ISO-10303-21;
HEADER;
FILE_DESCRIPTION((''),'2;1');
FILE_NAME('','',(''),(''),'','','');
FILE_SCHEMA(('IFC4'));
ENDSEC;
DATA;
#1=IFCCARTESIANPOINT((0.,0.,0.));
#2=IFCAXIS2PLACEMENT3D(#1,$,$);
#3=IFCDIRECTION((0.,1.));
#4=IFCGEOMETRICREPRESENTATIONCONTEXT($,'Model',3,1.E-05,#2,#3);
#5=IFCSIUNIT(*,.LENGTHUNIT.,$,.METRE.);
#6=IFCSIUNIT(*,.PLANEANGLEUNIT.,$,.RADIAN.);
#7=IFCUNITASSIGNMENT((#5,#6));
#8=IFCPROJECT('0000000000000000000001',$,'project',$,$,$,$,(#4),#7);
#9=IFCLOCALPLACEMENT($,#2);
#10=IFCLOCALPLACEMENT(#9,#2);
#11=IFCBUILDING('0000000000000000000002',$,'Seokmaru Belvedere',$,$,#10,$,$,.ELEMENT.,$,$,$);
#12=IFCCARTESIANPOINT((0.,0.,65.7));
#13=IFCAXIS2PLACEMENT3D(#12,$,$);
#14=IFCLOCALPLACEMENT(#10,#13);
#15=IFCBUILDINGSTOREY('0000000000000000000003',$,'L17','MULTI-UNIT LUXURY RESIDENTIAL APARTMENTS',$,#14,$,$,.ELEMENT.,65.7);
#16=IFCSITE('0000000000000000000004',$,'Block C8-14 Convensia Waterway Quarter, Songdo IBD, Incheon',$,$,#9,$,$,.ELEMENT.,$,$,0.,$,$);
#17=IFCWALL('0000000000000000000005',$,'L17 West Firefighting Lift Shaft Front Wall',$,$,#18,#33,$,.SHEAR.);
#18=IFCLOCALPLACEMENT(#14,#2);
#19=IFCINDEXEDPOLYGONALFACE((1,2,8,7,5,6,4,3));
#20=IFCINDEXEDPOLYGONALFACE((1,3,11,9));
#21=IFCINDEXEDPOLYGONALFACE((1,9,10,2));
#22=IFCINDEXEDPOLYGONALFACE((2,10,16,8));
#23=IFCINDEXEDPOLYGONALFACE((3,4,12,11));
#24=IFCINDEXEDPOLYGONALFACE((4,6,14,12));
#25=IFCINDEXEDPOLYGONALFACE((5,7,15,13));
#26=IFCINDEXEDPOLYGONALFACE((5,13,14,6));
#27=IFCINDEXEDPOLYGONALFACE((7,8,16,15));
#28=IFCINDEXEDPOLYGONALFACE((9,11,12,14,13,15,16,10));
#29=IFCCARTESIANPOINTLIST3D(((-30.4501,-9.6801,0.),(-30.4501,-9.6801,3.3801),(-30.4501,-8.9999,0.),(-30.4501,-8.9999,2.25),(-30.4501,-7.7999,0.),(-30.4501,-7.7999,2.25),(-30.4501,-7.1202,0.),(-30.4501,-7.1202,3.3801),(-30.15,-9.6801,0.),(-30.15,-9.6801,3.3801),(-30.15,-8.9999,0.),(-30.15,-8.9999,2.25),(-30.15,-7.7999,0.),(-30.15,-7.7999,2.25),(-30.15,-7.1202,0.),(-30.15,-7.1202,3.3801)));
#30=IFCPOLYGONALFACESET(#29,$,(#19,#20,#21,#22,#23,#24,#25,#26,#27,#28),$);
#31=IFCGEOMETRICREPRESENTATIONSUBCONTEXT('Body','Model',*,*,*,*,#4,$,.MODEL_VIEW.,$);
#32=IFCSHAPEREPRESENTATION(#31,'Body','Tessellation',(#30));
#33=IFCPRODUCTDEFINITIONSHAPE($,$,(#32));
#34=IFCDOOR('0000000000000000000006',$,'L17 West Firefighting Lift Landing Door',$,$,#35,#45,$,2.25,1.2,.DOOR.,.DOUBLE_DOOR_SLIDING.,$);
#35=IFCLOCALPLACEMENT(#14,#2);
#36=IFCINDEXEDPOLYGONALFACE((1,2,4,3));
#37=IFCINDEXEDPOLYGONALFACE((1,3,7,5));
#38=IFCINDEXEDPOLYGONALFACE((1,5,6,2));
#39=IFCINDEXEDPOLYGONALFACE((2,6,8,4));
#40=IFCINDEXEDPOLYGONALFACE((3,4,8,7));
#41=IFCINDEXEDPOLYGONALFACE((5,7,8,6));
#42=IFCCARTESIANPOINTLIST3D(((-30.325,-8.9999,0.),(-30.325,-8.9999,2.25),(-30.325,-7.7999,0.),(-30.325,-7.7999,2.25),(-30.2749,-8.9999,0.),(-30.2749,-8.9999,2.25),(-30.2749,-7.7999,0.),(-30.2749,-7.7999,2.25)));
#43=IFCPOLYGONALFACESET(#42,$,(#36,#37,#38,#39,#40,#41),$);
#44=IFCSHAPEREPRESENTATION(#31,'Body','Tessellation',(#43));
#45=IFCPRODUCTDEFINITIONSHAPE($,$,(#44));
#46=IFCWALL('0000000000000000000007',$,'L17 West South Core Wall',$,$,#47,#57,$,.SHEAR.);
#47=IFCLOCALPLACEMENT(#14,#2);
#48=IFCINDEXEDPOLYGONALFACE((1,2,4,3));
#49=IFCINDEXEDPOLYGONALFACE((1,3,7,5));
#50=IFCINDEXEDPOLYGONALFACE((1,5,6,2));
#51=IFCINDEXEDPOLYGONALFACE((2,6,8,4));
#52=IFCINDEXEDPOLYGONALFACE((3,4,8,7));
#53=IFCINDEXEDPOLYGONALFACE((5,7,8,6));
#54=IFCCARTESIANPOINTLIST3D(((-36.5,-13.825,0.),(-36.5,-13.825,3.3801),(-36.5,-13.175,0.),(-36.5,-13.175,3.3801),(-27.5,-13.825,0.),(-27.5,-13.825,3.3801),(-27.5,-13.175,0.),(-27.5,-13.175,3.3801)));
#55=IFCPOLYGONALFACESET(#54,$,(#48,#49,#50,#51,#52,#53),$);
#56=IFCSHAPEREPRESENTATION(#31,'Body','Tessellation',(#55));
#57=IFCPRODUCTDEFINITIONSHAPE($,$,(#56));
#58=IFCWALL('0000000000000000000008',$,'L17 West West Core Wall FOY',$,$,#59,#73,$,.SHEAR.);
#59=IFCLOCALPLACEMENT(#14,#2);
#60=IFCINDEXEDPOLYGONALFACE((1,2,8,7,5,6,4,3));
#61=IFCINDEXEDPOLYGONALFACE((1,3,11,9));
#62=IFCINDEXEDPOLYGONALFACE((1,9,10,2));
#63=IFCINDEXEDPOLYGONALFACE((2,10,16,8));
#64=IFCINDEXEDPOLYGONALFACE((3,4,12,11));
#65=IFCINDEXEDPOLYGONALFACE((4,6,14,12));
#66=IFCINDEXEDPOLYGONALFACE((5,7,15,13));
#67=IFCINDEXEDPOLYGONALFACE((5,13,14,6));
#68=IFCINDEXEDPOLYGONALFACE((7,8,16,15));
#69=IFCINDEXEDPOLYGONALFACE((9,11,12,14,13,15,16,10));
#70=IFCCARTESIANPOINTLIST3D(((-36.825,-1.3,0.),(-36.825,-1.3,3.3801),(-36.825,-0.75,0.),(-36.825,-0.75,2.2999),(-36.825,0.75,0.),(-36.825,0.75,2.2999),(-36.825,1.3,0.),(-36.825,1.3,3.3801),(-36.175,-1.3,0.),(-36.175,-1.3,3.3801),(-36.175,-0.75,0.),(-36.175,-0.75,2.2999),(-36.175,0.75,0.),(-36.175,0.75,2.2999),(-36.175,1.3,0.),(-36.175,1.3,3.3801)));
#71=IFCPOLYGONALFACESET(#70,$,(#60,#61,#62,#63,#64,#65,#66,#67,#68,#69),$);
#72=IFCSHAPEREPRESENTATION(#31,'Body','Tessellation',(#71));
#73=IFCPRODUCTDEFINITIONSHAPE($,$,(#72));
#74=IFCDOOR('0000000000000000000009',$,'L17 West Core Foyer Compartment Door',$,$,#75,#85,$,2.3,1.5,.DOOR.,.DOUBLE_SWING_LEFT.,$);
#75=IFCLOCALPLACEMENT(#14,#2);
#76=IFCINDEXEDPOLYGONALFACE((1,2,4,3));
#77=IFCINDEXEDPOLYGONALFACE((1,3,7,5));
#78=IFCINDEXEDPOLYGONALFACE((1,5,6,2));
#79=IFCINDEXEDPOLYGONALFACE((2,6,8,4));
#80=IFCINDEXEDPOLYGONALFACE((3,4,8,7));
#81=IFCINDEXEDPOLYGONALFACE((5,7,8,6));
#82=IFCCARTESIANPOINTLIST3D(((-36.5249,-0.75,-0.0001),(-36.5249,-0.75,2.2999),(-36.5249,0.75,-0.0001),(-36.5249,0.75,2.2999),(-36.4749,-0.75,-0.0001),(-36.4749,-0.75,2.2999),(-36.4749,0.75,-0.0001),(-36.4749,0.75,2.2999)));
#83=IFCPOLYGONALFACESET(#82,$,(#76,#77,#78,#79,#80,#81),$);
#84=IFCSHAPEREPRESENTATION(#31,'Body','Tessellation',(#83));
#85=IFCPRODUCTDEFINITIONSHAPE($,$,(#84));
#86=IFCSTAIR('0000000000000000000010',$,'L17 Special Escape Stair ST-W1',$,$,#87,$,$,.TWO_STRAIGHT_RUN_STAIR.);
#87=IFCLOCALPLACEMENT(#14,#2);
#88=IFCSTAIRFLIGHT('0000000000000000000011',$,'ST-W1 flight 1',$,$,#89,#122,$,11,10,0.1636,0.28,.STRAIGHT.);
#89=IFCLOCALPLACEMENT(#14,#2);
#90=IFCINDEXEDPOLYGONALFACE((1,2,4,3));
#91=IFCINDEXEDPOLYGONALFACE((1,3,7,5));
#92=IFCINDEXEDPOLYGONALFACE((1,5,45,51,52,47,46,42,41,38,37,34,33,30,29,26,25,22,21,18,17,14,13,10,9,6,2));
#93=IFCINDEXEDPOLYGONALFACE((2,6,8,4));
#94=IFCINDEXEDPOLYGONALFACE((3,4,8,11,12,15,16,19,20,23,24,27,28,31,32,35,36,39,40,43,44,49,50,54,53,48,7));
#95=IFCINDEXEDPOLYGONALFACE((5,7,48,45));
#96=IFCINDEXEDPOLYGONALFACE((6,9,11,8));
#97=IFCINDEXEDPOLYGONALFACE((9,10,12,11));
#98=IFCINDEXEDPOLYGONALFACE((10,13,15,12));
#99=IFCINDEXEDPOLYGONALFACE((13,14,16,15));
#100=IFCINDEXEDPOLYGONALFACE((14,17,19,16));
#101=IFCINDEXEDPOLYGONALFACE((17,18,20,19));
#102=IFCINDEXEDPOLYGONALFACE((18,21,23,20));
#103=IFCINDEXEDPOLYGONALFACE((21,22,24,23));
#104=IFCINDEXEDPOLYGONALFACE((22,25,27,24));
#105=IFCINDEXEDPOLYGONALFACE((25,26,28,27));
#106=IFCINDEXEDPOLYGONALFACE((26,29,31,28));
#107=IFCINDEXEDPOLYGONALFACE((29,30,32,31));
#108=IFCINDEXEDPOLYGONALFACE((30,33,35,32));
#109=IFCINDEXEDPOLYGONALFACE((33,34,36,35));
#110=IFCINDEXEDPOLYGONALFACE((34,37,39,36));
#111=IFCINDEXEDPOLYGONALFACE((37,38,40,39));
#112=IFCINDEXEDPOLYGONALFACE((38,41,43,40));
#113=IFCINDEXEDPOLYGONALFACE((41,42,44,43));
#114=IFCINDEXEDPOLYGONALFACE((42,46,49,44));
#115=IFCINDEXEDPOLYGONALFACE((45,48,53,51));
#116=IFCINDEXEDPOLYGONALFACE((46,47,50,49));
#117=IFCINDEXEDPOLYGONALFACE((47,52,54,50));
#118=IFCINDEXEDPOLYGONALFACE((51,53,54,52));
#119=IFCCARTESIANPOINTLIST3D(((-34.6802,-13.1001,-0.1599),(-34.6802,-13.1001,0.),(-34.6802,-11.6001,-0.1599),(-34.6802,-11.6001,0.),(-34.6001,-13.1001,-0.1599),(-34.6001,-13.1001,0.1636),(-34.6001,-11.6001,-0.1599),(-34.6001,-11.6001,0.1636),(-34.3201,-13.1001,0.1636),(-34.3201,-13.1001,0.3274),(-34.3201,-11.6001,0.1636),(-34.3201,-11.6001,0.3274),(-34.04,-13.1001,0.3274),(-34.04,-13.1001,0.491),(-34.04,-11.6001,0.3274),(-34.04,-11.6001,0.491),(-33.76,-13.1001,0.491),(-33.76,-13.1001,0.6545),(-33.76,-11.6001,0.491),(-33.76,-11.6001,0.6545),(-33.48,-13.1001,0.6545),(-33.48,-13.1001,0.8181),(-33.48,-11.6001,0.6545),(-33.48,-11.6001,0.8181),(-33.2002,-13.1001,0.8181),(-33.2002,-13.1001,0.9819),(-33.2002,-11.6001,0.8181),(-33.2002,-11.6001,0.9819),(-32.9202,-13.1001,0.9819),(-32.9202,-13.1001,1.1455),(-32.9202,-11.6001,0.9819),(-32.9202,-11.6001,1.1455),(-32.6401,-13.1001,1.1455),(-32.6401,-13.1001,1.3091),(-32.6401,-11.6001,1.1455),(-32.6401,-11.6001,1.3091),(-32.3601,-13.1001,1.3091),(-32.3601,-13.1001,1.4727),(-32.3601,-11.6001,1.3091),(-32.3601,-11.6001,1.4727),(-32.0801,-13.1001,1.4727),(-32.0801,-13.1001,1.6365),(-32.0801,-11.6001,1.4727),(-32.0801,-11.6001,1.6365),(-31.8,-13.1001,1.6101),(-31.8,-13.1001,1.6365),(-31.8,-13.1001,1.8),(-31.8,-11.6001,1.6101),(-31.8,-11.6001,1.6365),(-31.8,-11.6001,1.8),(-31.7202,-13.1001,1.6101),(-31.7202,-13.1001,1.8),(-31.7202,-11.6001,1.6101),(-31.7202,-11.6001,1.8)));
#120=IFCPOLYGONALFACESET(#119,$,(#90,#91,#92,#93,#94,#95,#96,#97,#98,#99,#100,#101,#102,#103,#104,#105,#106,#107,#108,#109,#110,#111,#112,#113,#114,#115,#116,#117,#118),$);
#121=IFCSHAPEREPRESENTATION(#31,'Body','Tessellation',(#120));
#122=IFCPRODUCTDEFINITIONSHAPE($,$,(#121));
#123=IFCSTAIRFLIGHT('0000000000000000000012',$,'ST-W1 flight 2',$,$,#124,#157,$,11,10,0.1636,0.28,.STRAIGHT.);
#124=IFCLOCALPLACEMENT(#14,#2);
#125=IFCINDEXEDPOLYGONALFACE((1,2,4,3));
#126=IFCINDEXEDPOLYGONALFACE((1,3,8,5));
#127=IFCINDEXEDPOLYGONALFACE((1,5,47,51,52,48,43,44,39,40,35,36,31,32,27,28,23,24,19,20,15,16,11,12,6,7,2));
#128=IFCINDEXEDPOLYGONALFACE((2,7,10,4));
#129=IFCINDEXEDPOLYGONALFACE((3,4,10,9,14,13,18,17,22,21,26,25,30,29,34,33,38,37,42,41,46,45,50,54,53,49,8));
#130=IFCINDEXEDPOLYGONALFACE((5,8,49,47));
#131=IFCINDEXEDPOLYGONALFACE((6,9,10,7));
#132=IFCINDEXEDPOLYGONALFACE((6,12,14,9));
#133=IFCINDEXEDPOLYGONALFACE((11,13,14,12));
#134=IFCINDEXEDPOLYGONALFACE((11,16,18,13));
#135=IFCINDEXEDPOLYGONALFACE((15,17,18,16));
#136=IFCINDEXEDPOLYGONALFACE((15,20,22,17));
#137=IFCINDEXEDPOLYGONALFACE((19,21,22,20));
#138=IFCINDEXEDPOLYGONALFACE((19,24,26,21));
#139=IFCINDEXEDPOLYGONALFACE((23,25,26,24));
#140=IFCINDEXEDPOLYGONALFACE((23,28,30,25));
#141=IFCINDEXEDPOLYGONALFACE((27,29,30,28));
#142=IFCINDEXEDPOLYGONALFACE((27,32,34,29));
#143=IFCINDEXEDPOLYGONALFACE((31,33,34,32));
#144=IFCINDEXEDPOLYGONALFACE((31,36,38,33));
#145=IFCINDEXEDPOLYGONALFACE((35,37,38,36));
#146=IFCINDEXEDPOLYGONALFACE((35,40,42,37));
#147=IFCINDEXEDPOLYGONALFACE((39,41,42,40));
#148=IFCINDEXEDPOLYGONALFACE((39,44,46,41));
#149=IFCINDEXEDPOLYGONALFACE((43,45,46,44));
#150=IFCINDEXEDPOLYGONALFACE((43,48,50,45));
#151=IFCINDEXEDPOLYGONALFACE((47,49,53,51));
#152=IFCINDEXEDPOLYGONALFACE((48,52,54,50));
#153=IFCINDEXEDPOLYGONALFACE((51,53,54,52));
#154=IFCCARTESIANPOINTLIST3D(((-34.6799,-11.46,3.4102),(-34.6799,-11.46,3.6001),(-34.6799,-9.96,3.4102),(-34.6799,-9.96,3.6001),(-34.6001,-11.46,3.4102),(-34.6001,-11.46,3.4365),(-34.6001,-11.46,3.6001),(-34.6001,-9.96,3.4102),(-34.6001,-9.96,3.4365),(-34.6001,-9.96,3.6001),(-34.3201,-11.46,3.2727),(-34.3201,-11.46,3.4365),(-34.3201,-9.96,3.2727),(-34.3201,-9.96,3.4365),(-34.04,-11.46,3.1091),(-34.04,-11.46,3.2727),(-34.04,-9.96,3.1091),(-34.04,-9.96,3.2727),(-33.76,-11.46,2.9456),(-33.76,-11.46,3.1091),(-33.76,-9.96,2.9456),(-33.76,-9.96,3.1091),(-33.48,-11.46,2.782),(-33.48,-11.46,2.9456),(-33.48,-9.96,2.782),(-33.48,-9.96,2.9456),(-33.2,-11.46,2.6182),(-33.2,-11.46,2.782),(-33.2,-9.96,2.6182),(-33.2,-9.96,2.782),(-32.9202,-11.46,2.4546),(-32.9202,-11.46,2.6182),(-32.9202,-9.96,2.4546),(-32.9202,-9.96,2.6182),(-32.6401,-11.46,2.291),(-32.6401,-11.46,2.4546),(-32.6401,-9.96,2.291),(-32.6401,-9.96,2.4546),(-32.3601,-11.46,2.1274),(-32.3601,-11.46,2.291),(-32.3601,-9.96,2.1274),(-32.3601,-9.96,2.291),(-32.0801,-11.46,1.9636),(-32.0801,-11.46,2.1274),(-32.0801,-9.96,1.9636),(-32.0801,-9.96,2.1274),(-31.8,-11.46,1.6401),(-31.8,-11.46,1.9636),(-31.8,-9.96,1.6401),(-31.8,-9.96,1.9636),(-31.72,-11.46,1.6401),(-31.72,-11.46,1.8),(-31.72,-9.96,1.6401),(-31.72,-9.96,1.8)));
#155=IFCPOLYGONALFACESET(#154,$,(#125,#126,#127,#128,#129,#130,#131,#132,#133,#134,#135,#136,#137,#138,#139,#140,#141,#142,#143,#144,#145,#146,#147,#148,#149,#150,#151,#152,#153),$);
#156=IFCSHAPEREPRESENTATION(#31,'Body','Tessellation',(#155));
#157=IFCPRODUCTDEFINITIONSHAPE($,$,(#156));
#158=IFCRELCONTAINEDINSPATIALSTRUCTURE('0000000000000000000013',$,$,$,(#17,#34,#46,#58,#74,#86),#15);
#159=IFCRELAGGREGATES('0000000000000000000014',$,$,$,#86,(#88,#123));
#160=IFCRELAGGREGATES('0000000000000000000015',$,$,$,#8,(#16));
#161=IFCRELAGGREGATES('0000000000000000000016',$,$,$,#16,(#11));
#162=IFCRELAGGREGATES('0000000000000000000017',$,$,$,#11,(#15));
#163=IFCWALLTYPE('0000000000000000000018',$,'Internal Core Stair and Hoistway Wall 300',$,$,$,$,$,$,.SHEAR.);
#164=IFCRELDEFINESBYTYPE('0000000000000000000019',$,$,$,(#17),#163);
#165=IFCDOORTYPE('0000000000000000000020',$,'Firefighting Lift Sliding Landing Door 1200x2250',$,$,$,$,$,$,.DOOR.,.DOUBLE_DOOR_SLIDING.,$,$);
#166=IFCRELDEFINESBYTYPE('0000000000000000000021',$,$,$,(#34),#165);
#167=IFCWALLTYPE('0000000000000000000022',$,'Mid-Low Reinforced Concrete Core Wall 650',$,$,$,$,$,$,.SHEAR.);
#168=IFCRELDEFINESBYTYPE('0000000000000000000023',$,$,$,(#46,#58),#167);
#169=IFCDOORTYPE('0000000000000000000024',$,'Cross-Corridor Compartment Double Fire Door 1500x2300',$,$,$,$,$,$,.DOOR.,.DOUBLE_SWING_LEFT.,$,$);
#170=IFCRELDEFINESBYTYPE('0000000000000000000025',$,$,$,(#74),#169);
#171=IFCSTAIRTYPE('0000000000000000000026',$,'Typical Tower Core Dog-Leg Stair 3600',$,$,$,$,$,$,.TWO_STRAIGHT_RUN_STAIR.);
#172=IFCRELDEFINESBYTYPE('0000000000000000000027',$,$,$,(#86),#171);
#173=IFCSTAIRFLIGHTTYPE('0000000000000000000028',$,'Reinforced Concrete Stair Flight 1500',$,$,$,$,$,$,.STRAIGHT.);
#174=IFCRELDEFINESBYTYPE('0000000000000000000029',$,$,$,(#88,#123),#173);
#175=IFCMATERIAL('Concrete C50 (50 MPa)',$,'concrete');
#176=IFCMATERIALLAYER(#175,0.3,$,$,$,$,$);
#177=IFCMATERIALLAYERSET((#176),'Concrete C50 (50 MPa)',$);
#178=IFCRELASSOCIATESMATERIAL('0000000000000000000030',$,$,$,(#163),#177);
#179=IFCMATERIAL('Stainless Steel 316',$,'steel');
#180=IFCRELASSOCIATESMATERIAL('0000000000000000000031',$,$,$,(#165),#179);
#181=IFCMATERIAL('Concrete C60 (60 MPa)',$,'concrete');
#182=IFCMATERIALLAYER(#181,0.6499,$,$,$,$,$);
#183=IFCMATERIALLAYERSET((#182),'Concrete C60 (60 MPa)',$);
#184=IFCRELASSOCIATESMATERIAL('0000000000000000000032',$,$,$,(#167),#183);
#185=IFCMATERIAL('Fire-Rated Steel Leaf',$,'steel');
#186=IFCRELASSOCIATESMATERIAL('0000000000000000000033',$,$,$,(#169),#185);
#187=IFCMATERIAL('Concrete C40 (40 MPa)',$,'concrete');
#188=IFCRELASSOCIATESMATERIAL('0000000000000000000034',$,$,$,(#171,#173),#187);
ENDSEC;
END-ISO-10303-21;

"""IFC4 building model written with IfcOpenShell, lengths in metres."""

from ifc_helpers import new_model, si_unit, direction, frame, frame_2d, origin, place, context, subcontext, project, spatial, polyline, rectangle, outline, extrude, source, transform, mapped, material, layer, layer_set, type_object, type_shapes, element, fill, aggregate, save


model = new_model("IFC4")

# Units and contexts
model_context = context("Model", 3, precision=1e-05, world=origin(), true_north=direction((0.0, 1.0)))
body_context = subcontext(model_context, "Body", "Model", "MODEL_VIEW")
ifc_project = project(units=[si_unit("LENGTHUNIT", "METRE"), si_unit("PLANEANGLEUNIT", "RADIAN")], contexts=[model_context])

# Site, building, storey
site_placement = place(None, origin())
site = spatial("IfcSite", under=ifc_project, at=site_placement, Name="Block C8-14 Convensia Waterway Quarter, Songdo IBD, Incheon", CompositionType="ELEMENT", RefElevation=0.0)
building_placement = place(site_placement, origin())
building = spatial("IfcBuilding", under=site, at=building_placement, Name="Seokmaru Belvedere", CompositionType="ELEMENT")
storey_placement = place(building_placement, frame((0.0, 0.0, 65.7)))
storey = spatial("IfcBuildingStorey", under=building, at=storey_placement, Name="L17", Description="MULTI-UNIT LUXURY RESIDENTIAL APARTMENTS", CompositionType="ELEMENT", Elevation=65.7)

# Shared definitions
ifc_material_1 = material(Name="Fire-Rated Steel Leaf", Category="steel")

# Shared definitions
ifc_material_2 = material(Name="Concrete C50 (50 MPa)", Category="concrete")

# Wall, opening, door
ifc_layer_1 = layer(ifc_material_2, 0.3)
ifc_layer_set_1 = layer_set([ifc_layer_1], Name="Concrete C50 (50 MPa)")
wall_type_1 = type_object("IfcWallType", Name="Internal Core Stair and Hoistway Wall 300", PredefinedType="SHEAR", material=ifc_layer_set_1)
wall_1_placement = place(storey_placement, frame((-30.3, -9.6799, 0.0), z_axis=(0.0, 0.0, 1.0), x_axis=(0.0, 1.0, 0.0)))
wall_1 = element("IfcWall", 1, at=wall_1_placement, inside=storey, type_object=wall_type_1, Name="L17 West Firefighting Lift Shaft Front Wall", PredefinedType="SHEAR", context=body_context, shape_type="SweptSolid", body=[
    extrude(rectangle(XDim=2.5598, YDim=0.3, at=frame_2d((1.2798, 0.0))), origin(), (0.0, 0.0, 1.0), 3.3801),
])
opening_1_placement = place(wall_1_placement, frame((0.6799, 0.0, 0.0)))
opening_1 = element("IfcOpeningElement", 2, at=opening_1_placement, cuts=wall_1, PredefinedType="OPENING", context=body_context, shape_type="SweptSolid", body=[
    extrude(rectangle(XDim=1.2, YDim=2.25, at=frame_2d((0.6001, 1.125))), frame((0.0, 0.1602, 0.0), z_axis=(0.0, -1.0, 0.0), x_axis=(1.0, 0.0, 0.0)), (0.0, 0.0, 1.0), 0.3201),
])
ifc_material_3 = material(Name="Stainless Steel 316", Category="steel")
door_type_1 = type_object("IfcDoorType", Name="Firefighting Lift Sliding Landing Door 1200x2250", OperationType="DOUBLE_DOOR_SLIDING", PredefinedType="DOOR", material=ifc_material_3)
shared_shape_1 = source(origin(), body_context, "Body", "SweptSolid", [
    extrude(rectangle(XDim=1.2, YDim=2.25, at=frame_2d((0.6001, 1.125))), frame((0.0, 0.0249, 0.0), z_axis=(0.0, -1.0, 0.0), x_axis=(1.0, 0.0, 0.0)), (0.0, 0.0, 1.0), 0.05),
])
type_shapes(door_type_1, [shared_shape_1])
door_1_placement = place(opening_1_placement, origin())
door_1 = element("IfcDoor", 3, at=door_1_placement, inside=storey, type_object=door_type_1, Name="L17 West Firefighting Lift Landing Door", OperationType="DOUBLE_DOOR_SLIDING", OverallHeight=2.25, OverallWidth=1.2, PredefinedType="DOOR", context=body_context, shape_type="MappedRepresentation", body=[
    mapped(shared_shape_1, transform((0.0, 0.0, 0.0), scale=1.0)),
])
fill(opening_1, door_1)

# Wall
ifc_material_4 = material(Name="Concrete C60 (60 MPa)", Category="concrete")
ifc_layer_2 = layer(ifc_material_4, 0.6499)
ifc_layer_set_2 = layer_set([ifc_layer_2], Name="Concrete C60 (60 MPa)")
wall_type_2 = type_object("IfcWallType", Name="Mid-Low Reinforced Concrete Core Wall 650", PredefinedType="SHEAR", material=ifc_layer_set_2)
wall_2_placement = place(storey_placement, frame((-36.5, -13.5, 0.0), z_axis=(0.0, 0.0, 1.0), x_axis=(1.0, 0.0, 0.0)))
element("IfcWall", 4, at=wall_2_placement, inside=storey, type_object=wall_type_2, Name="L17 West South Core Wall", PredefinedType="SHEAR", context=body_context, shape_type="SweptSolid", body=[
    extrude(rectangle(XDim=9.0, YDim=0.6499, at=frame_2d((4.5, 0.0))), origin(), (0.0, 0.0, 1.0), 3.3801),
])

# Wall, opening, door
wall_3_placement = place(storey_placement, frame((-36.5, -1.3, 0.0), z_axis=(0.0, 0.0, 1.0), x_axis=(0.0, 1.0, 0.0)))
wall_3 = element("IfcWall", 5, at=wall_3_placement, inside=storey, type_object=wall_type_2, Name="L17 West West Core Wall FOY", PredefinedType="SHEAR", context=body_context, shape_type="SweptSolid", body=[
    extrude(rectangle(XDim=2.6001, YDim=0.6499, at=frame_2d((1.3, 0.0))), origin(), (0.0, 0.0, 1.0), 3.3801),
])
opening_2_placement = place(wall_3_placement, frame((0.55, 0.0, 0.0)))
opening_2 = element("IfcOpeningElement", 6, at=opening_2_placement, cuts=wall_3, PredefinedType="OPENING", context=body_context, shape_type="SweptSolid", body=[
    extrude(rectangle(XDim=1.5, YDim=2.3, at=frame_2d((0.75, 1.1499))), frame((0.0, 0.335, 0.0), z_axis=(0.0, -1.0, 0.0), x_axis=(1.0, 0.0, 0.0)), (0.0, 0.0, 1.0), 0.6699),
])
door_type_2 = type_object("IfcDoorType", Name="Cross-Corridor Compartment Double Fire Door 1500x2300", OperationType="DOUBLE_SWING_LEFT", PredefinedType="DOOR", material=ifc_material_1)
shared_shape_2 = source(origin(), body_context, "Body", "SweptSolid", [
    extrude(rectangle(XDim=1.5, YDim=2.3, at=frame_2d((0.75, 1.1499))), frame((0.0, 0.0249, 0.0), z_axis=(0.0, -1.0, 0.0), x_axis=(1.0, 0.0, 0.0)), (0.0, 0.0, 1.0), 0.05),
])
type_shapes(door_type_2, [shared_shape_2])
door_2_placement = place(opening_2_placement, origin())
door_2 = element("IfcDoor", 7, at=door_2_placement, inside=storey, type_object=door_type_2, Name="L17 West Core Foyer Compartment Door", OperationType="DOUBLE_SWING_LEFT", OverallHeight=2.3, OverallWidth=1.5, PredefinedType="DOOR", context=body_context, shape_type="MappedRepresentation", body=[
    mapped(shared_shape_2, transform((0.0, 0.0, 0.0), scale=1.0)),
])
fill(opening_2, door_2)

# Stair, stair flights
ifc_material_5 = material(Name="Concrete C40 (40 MPa)", Category="concrete")
stair_type = type_object("IfcStairType", Name="Typical Tower Core Dog-Leg Stair 3600", PredefinedType="TWO_STRAIGHT_RUN_STAIR", material=ifc_material_5)
stair_placement = place(storey_placement, origin())
stair = element("IfcStair", 8, at=stair_placement, inside=storey, type_object=stair_type, Name="L17 Special Escape Stair ST-W1", PredefinedType="TWO_STRAIGHT_RUN_STAIR")
stair_flight_type = type_object("IfcStairFlightType", Name="Reinforced Concrete Stair Flight 1500", PredefinedType="STRAIGHT", material=ifc_material_5)
stair_flight_1_placement = place(storey_placement, frame((-34.6001, -12.3501, 0.0), z_axis=(0.0, 0.0, 1.0), x_axis=(1.0, 0.0, 0.0)))
stair_flight_1 = element("IfcStairFlight", 9, at=stair_flight_1_placement, type_object=stair_flight_type, Name="ST-W1 flight 1", NumberOfRisers=11, NumberOfTreads=10, PredefinedType="STRAIGHT", RiserHeight=0.1636, TreadLength=0.28, context=body_context, shape_type="SweptSolid", body=[
    extrude(outline(polyline([(-0.0801, 0.0), (0.0, 0.1636), (0.28, 0.1636), (0.28, 0.3274), (0.5601, 0.3274), (0.5601, 0.491), (0.8401, 0.491), (0.8401, 0.6545), (1.1201, 0.6545), (1.1201, 0.8181), (1.3999, 0.8181), (1.3999, 0.9819), (1.6799, 0.9819), (1.6799, 1.1455), (1.96, 1.1455), (1.96, 1.3091), (2.24, 1.3091), (2.24, 1.4727), (2.52, 1.4727), (2.52, 1.6365), (2.8, 1.6365), (2.8, 1.8), (2.8799, 1.8), (2.8799, 1.6101), (2.8, 1.6101), (0.0, -0.1599), (-0.0801, -0.1599), (-0.0801, 0.0)])), frame((0.0, 0.75, 0.0), z_axis=(0.0, -1.0, 0.0), x_axis=(1.0, 0.0, 0.0)), (0.0, 0.0, 1.0), 1.5),
])
stair_flight_2_placement = place(storey_placement, frame((-31.8, -10.71, 1.8), z_axis=(0.0, 0.0, 1.0), x_axis=(-1.0, 0.0, 0.0)))
stair_flight_2 = element("IfcStairFlight", 10, at=stair_flight_2_placement, type_object=stair_flight_type, Name="ST-W1 flight 2", NumberOfRisers=11, NumberOfTreads=10, PredefinedType="STRAIGHT", RiserHeight=0.1636, TreadLength=0.28, context=body_context, shape_type="SweptSolid", body=[
    extrude(outline(polyline([(-0.0801, 0.0), (0.0, 0.1636), (0.28, 0.1636), (0.28, 0.3274), (0.5601, 0.3274), (0.5601, 0.491), (0.8401, 0.491), (0.8401, 0.6545), (1.1201, 0.6545), (1.1201, 0.8181), (1.3999, 0.8181), (1.3999, 0.9819), (1.6799, 0.9819), (1.6799, 1.1455), (1.96, 1.1455), (1.96, 1.3091), (2.24, 1.3091), (2.24, 1.4727), (2.52, 1.4727), (2.52, 1.6365), (2.8, 1.6365), (2.8, 1.8), (2.8799, 1.8), (2.8799, 1.6101), (2.8, 1.6101), (0.0, -0.1599), (-0.0801, -0.1599), (-0.0801, 0.0)])), frame((0.0, 0.75, 0.0), z_axis=(0.0, -1.0, 0.0), x_axis=(1.0, 0.0, 0.0)), (0.0, 0.0, 1.0), 1.5),
])
aggregate(stair, [stair_flight_1, stair_flight_2])

save(model, "model.ifc")
